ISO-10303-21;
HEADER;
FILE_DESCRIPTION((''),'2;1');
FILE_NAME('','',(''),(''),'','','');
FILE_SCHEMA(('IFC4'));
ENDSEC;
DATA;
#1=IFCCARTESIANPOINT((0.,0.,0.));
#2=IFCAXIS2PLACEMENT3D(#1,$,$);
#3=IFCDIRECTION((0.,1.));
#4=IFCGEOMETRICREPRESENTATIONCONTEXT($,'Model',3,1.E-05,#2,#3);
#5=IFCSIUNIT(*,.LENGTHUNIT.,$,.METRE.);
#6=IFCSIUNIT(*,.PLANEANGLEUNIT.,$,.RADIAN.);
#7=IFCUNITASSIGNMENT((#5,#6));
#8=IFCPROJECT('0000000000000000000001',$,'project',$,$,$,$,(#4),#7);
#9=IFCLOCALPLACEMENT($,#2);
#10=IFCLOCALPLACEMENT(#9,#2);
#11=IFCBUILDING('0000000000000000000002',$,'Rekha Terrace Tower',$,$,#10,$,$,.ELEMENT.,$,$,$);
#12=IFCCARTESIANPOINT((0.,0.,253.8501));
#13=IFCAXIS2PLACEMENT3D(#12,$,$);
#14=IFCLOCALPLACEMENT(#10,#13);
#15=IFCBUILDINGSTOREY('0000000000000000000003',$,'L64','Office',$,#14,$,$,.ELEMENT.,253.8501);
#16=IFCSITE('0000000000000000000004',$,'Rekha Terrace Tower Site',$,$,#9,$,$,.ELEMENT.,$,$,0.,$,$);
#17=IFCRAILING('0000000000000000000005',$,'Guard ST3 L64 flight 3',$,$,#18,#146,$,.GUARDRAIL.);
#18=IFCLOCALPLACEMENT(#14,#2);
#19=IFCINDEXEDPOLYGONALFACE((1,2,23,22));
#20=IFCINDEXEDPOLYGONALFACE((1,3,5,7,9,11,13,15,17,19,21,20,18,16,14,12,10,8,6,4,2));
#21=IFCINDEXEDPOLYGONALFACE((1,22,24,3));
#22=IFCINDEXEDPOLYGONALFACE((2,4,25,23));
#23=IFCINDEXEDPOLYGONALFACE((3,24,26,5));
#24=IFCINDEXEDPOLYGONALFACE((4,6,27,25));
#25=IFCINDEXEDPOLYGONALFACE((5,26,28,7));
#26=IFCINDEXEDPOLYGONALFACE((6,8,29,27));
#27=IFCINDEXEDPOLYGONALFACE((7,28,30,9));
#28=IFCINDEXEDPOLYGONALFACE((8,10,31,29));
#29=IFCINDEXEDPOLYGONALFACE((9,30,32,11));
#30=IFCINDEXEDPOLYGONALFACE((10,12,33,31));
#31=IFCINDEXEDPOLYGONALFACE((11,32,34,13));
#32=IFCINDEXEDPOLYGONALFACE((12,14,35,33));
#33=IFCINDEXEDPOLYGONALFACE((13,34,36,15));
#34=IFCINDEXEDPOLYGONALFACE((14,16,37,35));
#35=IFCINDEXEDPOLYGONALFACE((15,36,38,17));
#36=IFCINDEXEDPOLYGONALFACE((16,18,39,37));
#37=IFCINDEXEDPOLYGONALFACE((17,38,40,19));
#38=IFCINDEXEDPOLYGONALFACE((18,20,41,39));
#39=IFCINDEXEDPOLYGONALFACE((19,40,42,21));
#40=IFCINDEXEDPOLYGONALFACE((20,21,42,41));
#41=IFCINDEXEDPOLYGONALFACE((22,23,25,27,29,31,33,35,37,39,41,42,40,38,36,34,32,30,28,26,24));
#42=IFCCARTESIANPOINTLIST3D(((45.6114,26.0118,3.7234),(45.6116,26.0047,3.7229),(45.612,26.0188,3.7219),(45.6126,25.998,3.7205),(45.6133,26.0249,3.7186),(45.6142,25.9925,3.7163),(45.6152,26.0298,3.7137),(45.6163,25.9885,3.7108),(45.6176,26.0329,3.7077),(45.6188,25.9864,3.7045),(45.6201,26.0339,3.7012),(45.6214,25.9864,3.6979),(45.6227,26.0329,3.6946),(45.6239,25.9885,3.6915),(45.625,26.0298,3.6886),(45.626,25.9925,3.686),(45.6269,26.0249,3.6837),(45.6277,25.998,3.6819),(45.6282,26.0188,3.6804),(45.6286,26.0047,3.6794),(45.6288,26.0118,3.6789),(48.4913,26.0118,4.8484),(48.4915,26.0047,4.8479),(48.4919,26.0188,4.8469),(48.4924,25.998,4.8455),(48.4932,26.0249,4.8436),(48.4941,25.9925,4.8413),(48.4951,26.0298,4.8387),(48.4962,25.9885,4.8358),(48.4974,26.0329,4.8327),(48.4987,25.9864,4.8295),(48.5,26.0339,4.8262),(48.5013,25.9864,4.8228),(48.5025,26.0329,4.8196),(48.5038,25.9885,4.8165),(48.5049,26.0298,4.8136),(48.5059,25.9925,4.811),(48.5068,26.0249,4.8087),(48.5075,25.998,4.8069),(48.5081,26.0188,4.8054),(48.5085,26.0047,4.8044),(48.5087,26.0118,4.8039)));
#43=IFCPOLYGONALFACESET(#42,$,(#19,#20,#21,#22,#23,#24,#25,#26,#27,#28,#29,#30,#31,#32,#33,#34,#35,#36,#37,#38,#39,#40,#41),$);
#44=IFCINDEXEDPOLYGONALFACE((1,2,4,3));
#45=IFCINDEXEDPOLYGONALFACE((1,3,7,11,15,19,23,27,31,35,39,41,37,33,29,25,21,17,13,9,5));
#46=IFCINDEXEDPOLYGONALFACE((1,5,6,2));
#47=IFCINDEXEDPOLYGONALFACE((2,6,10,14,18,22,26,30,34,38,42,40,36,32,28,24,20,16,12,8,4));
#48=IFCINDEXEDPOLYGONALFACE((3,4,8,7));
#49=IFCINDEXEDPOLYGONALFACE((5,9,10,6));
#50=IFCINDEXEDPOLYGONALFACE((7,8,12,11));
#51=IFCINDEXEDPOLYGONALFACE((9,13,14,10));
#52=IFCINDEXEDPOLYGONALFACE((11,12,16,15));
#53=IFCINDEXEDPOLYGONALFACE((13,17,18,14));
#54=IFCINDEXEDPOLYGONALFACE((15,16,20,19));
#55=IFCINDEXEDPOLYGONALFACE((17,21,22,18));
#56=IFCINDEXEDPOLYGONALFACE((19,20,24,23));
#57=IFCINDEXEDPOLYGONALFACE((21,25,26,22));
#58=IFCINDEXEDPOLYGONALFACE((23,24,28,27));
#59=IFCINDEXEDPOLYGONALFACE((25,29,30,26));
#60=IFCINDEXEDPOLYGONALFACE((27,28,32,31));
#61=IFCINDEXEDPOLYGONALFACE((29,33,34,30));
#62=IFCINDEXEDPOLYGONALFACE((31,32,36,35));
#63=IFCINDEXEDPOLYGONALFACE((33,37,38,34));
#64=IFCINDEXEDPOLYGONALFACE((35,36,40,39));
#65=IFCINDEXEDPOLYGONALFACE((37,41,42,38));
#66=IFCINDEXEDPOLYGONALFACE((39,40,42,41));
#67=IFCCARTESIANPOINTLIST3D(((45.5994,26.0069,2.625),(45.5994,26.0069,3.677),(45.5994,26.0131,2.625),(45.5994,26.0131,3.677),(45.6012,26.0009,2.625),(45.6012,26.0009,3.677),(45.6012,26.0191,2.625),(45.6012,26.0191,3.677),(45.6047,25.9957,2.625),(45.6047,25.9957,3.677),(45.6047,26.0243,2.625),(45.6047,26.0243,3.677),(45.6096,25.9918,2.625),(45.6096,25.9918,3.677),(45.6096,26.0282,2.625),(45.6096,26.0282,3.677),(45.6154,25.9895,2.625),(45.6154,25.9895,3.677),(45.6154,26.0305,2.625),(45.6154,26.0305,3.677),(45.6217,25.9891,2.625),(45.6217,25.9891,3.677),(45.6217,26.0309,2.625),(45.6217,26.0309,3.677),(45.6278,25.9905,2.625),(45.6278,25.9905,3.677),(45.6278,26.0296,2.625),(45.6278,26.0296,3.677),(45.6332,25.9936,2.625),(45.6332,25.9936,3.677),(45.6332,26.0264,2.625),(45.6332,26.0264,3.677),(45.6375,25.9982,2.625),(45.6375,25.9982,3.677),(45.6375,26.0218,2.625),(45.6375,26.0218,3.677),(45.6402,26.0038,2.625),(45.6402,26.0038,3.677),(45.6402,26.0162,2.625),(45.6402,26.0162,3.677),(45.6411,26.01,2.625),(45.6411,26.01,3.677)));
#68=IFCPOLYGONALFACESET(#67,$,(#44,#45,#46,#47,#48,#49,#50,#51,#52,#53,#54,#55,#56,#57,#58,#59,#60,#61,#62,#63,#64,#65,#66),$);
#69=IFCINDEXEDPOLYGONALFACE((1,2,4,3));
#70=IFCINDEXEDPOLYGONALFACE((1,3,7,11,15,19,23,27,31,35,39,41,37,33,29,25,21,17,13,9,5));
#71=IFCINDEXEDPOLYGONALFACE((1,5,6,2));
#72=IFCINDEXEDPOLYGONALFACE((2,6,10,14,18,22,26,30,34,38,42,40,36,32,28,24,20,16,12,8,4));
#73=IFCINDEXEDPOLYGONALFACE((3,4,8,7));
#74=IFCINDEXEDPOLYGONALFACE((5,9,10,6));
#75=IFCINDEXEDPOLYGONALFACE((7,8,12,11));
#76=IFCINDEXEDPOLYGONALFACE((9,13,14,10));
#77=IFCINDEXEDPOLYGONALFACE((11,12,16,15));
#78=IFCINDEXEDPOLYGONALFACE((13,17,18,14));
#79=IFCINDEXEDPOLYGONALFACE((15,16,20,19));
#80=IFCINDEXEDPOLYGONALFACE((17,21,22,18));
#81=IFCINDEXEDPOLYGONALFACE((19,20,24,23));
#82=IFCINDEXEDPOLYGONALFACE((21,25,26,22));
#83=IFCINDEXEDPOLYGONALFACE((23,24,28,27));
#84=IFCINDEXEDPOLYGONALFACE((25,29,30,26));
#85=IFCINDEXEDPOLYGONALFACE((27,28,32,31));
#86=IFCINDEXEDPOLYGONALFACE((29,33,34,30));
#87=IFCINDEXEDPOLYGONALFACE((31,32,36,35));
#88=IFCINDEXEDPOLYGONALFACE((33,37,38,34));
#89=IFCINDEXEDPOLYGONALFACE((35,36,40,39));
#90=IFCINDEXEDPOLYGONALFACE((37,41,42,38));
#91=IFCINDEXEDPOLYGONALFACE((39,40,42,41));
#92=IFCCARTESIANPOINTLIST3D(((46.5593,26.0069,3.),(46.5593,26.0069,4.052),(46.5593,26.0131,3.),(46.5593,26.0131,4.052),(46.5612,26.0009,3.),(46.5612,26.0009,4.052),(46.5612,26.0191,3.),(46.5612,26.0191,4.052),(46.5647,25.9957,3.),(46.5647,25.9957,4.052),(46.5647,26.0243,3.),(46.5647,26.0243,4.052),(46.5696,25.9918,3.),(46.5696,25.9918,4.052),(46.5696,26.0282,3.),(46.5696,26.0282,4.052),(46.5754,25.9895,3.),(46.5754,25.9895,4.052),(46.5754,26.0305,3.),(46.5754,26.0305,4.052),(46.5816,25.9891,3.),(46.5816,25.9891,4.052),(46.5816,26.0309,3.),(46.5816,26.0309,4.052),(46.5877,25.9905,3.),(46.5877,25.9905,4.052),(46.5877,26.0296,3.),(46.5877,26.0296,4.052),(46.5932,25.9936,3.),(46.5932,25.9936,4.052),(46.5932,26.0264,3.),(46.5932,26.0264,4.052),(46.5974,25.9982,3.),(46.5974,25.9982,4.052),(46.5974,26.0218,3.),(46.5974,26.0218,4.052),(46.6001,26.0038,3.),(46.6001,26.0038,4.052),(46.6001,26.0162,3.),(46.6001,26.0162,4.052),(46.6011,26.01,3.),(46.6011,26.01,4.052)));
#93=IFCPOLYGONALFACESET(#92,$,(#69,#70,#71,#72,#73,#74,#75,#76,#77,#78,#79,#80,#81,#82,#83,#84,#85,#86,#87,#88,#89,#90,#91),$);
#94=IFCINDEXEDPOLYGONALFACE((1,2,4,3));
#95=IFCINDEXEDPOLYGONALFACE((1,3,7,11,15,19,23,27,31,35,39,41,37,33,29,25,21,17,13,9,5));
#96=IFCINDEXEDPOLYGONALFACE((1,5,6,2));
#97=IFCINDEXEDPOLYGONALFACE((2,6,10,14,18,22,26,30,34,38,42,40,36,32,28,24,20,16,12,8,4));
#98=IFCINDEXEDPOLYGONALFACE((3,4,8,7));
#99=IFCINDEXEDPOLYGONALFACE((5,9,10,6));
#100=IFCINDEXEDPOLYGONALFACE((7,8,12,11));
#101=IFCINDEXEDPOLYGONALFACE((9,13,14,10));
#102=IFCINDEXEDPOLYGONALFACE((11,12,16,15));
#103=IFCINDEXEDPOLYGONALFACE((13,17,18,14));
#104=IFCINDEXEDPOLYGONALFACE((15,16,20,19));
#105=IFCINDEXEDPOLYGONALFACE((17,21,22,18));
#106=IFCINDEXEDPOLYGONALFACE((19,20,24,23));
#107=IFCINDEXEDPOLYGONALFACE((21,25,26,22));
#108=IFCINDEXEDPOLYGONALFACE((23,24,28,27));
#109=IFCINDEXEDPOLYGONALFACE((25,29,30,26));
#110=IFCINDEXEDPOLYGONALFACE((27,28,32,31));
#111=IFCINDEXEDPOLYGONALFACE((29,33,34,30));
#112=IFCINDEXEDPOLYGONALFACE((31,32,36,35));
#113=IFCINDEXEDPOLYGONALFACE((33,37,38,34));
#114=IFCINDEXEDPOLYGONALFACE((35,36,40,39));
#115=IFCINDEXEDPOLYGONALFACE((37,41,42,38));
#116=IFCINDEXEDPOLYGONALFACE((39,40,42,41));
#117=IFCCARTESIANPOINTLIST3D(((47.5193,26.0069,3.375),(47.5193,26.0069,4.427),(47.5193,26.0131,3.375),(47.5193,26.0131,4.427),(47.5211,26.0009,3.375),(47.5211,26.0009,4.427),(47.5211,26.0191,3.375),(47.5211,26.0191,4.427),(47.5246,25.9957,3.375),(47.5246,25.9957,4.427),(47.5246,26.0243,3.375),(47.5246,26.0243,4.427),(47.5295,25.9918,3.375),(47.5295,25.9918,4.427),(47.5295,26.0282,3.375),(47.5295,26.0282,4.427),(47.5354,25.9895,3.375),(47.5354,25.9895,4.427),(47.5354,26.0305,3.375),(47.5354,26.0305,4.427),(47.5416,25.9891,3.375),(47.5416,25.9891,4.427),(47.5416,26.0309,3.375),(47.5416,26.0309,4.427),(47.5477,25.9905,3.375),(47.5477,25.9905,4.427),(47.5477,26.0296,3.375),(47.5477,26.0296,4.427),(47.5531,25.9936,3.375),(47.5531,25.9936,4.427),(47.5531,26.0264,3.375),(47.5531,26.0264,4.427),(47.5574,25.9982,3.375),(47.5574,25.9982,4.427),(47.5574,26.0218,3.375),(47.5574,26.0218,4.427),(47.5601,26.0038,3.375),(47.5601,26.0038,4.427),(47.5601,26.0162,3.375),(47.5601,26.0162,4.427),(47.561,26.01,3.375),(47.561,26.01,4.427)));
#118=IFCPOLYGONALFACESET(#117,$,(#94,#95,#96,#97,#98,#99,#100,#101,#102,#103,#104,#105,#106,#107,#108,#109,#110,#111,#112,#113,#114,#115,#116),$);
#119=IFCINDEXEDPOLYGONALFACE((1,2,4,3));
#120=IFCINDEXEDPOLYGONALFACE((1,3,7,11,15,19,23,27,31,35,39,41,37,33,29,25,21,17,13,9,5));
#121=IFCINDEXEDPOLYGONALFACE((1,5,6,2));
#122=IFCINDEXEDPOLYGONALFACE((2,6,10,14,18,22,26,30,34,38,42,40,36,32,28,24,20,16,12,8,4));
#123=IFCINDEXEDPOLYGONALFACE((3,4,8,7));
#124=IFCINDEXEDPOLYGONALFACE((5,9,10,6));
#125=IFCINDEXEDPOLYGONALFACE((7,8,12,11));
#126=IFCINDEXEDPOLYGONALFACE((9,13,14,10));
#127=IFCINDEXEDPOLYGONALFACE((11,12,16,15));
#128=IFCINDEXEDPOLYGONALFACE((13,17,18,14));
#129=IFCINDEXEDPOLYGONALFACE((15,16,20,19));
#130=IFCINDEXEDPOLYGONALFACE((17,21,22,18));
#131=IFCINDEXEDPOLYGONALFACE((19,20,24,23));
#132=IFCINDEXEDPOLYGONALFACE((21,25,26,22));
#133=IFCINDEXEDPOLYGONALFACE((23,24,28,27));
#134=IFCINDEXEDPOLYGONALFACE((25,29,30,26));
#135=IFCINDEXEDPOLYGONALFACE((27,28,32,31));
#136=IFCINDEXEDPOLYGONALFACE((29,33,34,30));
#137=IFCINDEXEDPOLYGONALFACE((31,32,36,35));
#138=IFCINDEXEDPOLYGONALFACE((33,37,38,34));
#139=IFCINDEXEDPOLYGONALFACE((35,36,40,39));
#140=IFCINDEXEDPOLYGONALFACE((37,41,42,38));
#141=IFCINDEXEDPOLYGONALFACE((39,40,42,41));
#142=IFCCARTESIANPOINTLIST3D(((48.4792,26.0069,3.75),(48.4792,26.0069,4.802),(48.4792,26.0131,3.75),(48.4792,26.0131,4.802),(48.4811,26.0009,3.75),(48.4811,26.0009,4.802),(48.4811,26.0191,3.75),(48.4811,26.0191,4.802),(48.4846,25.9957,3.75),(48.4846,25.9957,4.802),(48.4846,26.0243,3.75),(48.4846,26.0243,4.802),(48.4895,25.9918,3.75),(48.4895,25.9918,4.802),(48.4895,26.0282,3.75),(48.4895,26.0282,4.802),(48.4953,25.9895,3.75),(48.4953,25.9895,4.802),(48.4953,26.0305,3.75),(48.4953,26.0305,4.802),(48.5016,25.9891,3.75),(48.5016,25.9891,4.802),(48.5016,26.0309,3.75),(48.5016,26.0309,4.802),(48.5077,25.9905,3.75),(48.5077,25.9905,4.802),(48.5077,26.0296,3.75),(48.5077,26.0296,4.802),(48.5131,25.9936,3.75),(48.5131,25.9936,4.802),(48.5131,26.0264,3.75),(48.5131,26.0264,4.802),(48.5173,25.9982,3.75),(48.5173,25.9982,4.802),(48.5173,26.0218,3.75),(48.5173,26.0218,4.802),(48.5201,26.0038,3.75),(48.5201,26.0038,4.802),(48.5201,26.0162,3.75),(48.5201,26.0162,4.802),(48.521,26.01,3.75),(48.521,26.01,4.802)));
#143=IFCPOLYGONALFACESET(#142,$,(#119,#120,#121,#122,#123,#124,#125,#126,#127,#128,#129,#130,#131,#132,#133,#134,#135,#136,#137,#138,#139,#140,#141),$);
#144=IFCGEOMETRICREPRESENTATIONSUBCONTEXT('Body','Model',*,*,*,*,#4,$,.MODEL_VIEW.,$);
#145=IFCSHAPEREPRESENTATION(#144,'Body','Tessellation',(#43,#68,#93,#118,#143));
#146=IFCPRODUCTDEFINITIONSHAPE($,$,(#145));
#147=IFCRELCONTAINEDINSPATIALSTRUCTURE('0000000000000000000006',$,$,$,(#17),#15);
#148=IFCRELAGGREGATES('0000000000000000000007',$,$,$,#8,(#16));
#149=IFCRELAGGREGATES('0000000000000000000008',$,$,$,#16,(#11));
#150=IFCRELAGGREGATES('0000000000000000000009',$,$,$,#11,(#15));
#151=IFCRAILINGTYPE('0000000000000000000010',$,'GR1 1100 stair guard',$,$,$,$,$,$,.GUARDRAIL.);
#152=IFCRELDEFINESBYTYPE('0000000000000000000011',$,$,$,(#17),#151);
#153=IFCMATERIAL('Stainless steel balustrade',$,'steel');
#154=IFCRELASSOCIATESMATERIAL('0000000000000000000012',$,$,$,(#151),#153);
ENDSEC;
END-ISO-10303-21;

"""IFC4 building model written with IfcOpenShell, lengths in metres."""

from ifc_helpers import new_model, si_unit, direction, frame, origin, origin_2d, place, context, subcontext, project, spatial, circle, extrude, material, type_object, element, save


model = new_model("IFC4")

# Units and contexts
model_context = context("Model", 3, precision=1e-05, world=origin(), true_north=direction((0.0, 1.0)))
body_context = subcontext(model_context, "Body", "Model", "MODEL_VIEW")
ifc_project = project(units=[si_unit("LENGTHUNIT", "METRE"), si_unit("PLANEANGLEUNIT", "RADIAN")], contexts=[model_context])

# Site, building, storey
site_placement = place(None, origin())
site = spatial("IfcSite", under=ifc_project, at=site_placement, Name="Rekha Terrace Tower Site", CompositionType="ELEMENT", RefElevation=0.0)
building_placement = place(site_placement, origin())
building = spatial("IfcBuilding", under=site, at=building_placement, Name="Rekha Terrace Tower", CompositionType="ELEMENT")
storey_placement = place(building_placement, frame((0.0, 0.0, 253.8501)))
storey = spatial("IfcBuildingStorey", under=building, at=storey_placement, Name="L64", Description="Office", CompositionType="ELEMENT", Elevation=253.8501)

# Railing
ifc_material_1 = material(Name="Stainless steel balustrade", Category="steel")
railing_type_1 = type_object("IfcRailingType", Name="GR1 1100 stair guard", PredefinedType="GUARDRAIL", material=ifc_material_1)
railing_1_placement = place(storey_placement, frame((45.6201, 26.01, 2.625)))
element("IfcRailing", 1, at=railing_1_placement, inside=storey, type_object=railing_type_1, Name="Guard ST3 L64 flight 3", PredefinedType="GUARDRAIL", context=body_context, shape_type="SweptSolid", body=[
    extrude(circle(Radius=0.0239, at=origin_2d()), frame((0.0, 0.0, 1.0762), z_axis=(0.931452, 0.0, 0.363863), x_axis=(0.0, 1.0, 0.0)), (0.0, 0.0, 1.0), 3.0918),
    extrude(circle(Radius=0.021, at=origin_2d()), origin(), (0.0, 0.0, 1.0), 1.052),
    extrude(circle(Radius=0.021, at=origin_2d()), frame((0.96, 0.0, 0.375)), (0.0, 0.0, 1.0), 1.052),
    extrude(circle(Radius=0.021, at=origin_2d()), frame((1.9199, 0.0, 0.75)), (0.0, 0.0, 1.0), 1.052),
    extrude(circle(Radius=0.021, at=origin_2d()), frame((2.8799, 0.0, 1.125)), (0.0, 0.0, 1.0), 1.052),
])

save(model, "model.ifc")
